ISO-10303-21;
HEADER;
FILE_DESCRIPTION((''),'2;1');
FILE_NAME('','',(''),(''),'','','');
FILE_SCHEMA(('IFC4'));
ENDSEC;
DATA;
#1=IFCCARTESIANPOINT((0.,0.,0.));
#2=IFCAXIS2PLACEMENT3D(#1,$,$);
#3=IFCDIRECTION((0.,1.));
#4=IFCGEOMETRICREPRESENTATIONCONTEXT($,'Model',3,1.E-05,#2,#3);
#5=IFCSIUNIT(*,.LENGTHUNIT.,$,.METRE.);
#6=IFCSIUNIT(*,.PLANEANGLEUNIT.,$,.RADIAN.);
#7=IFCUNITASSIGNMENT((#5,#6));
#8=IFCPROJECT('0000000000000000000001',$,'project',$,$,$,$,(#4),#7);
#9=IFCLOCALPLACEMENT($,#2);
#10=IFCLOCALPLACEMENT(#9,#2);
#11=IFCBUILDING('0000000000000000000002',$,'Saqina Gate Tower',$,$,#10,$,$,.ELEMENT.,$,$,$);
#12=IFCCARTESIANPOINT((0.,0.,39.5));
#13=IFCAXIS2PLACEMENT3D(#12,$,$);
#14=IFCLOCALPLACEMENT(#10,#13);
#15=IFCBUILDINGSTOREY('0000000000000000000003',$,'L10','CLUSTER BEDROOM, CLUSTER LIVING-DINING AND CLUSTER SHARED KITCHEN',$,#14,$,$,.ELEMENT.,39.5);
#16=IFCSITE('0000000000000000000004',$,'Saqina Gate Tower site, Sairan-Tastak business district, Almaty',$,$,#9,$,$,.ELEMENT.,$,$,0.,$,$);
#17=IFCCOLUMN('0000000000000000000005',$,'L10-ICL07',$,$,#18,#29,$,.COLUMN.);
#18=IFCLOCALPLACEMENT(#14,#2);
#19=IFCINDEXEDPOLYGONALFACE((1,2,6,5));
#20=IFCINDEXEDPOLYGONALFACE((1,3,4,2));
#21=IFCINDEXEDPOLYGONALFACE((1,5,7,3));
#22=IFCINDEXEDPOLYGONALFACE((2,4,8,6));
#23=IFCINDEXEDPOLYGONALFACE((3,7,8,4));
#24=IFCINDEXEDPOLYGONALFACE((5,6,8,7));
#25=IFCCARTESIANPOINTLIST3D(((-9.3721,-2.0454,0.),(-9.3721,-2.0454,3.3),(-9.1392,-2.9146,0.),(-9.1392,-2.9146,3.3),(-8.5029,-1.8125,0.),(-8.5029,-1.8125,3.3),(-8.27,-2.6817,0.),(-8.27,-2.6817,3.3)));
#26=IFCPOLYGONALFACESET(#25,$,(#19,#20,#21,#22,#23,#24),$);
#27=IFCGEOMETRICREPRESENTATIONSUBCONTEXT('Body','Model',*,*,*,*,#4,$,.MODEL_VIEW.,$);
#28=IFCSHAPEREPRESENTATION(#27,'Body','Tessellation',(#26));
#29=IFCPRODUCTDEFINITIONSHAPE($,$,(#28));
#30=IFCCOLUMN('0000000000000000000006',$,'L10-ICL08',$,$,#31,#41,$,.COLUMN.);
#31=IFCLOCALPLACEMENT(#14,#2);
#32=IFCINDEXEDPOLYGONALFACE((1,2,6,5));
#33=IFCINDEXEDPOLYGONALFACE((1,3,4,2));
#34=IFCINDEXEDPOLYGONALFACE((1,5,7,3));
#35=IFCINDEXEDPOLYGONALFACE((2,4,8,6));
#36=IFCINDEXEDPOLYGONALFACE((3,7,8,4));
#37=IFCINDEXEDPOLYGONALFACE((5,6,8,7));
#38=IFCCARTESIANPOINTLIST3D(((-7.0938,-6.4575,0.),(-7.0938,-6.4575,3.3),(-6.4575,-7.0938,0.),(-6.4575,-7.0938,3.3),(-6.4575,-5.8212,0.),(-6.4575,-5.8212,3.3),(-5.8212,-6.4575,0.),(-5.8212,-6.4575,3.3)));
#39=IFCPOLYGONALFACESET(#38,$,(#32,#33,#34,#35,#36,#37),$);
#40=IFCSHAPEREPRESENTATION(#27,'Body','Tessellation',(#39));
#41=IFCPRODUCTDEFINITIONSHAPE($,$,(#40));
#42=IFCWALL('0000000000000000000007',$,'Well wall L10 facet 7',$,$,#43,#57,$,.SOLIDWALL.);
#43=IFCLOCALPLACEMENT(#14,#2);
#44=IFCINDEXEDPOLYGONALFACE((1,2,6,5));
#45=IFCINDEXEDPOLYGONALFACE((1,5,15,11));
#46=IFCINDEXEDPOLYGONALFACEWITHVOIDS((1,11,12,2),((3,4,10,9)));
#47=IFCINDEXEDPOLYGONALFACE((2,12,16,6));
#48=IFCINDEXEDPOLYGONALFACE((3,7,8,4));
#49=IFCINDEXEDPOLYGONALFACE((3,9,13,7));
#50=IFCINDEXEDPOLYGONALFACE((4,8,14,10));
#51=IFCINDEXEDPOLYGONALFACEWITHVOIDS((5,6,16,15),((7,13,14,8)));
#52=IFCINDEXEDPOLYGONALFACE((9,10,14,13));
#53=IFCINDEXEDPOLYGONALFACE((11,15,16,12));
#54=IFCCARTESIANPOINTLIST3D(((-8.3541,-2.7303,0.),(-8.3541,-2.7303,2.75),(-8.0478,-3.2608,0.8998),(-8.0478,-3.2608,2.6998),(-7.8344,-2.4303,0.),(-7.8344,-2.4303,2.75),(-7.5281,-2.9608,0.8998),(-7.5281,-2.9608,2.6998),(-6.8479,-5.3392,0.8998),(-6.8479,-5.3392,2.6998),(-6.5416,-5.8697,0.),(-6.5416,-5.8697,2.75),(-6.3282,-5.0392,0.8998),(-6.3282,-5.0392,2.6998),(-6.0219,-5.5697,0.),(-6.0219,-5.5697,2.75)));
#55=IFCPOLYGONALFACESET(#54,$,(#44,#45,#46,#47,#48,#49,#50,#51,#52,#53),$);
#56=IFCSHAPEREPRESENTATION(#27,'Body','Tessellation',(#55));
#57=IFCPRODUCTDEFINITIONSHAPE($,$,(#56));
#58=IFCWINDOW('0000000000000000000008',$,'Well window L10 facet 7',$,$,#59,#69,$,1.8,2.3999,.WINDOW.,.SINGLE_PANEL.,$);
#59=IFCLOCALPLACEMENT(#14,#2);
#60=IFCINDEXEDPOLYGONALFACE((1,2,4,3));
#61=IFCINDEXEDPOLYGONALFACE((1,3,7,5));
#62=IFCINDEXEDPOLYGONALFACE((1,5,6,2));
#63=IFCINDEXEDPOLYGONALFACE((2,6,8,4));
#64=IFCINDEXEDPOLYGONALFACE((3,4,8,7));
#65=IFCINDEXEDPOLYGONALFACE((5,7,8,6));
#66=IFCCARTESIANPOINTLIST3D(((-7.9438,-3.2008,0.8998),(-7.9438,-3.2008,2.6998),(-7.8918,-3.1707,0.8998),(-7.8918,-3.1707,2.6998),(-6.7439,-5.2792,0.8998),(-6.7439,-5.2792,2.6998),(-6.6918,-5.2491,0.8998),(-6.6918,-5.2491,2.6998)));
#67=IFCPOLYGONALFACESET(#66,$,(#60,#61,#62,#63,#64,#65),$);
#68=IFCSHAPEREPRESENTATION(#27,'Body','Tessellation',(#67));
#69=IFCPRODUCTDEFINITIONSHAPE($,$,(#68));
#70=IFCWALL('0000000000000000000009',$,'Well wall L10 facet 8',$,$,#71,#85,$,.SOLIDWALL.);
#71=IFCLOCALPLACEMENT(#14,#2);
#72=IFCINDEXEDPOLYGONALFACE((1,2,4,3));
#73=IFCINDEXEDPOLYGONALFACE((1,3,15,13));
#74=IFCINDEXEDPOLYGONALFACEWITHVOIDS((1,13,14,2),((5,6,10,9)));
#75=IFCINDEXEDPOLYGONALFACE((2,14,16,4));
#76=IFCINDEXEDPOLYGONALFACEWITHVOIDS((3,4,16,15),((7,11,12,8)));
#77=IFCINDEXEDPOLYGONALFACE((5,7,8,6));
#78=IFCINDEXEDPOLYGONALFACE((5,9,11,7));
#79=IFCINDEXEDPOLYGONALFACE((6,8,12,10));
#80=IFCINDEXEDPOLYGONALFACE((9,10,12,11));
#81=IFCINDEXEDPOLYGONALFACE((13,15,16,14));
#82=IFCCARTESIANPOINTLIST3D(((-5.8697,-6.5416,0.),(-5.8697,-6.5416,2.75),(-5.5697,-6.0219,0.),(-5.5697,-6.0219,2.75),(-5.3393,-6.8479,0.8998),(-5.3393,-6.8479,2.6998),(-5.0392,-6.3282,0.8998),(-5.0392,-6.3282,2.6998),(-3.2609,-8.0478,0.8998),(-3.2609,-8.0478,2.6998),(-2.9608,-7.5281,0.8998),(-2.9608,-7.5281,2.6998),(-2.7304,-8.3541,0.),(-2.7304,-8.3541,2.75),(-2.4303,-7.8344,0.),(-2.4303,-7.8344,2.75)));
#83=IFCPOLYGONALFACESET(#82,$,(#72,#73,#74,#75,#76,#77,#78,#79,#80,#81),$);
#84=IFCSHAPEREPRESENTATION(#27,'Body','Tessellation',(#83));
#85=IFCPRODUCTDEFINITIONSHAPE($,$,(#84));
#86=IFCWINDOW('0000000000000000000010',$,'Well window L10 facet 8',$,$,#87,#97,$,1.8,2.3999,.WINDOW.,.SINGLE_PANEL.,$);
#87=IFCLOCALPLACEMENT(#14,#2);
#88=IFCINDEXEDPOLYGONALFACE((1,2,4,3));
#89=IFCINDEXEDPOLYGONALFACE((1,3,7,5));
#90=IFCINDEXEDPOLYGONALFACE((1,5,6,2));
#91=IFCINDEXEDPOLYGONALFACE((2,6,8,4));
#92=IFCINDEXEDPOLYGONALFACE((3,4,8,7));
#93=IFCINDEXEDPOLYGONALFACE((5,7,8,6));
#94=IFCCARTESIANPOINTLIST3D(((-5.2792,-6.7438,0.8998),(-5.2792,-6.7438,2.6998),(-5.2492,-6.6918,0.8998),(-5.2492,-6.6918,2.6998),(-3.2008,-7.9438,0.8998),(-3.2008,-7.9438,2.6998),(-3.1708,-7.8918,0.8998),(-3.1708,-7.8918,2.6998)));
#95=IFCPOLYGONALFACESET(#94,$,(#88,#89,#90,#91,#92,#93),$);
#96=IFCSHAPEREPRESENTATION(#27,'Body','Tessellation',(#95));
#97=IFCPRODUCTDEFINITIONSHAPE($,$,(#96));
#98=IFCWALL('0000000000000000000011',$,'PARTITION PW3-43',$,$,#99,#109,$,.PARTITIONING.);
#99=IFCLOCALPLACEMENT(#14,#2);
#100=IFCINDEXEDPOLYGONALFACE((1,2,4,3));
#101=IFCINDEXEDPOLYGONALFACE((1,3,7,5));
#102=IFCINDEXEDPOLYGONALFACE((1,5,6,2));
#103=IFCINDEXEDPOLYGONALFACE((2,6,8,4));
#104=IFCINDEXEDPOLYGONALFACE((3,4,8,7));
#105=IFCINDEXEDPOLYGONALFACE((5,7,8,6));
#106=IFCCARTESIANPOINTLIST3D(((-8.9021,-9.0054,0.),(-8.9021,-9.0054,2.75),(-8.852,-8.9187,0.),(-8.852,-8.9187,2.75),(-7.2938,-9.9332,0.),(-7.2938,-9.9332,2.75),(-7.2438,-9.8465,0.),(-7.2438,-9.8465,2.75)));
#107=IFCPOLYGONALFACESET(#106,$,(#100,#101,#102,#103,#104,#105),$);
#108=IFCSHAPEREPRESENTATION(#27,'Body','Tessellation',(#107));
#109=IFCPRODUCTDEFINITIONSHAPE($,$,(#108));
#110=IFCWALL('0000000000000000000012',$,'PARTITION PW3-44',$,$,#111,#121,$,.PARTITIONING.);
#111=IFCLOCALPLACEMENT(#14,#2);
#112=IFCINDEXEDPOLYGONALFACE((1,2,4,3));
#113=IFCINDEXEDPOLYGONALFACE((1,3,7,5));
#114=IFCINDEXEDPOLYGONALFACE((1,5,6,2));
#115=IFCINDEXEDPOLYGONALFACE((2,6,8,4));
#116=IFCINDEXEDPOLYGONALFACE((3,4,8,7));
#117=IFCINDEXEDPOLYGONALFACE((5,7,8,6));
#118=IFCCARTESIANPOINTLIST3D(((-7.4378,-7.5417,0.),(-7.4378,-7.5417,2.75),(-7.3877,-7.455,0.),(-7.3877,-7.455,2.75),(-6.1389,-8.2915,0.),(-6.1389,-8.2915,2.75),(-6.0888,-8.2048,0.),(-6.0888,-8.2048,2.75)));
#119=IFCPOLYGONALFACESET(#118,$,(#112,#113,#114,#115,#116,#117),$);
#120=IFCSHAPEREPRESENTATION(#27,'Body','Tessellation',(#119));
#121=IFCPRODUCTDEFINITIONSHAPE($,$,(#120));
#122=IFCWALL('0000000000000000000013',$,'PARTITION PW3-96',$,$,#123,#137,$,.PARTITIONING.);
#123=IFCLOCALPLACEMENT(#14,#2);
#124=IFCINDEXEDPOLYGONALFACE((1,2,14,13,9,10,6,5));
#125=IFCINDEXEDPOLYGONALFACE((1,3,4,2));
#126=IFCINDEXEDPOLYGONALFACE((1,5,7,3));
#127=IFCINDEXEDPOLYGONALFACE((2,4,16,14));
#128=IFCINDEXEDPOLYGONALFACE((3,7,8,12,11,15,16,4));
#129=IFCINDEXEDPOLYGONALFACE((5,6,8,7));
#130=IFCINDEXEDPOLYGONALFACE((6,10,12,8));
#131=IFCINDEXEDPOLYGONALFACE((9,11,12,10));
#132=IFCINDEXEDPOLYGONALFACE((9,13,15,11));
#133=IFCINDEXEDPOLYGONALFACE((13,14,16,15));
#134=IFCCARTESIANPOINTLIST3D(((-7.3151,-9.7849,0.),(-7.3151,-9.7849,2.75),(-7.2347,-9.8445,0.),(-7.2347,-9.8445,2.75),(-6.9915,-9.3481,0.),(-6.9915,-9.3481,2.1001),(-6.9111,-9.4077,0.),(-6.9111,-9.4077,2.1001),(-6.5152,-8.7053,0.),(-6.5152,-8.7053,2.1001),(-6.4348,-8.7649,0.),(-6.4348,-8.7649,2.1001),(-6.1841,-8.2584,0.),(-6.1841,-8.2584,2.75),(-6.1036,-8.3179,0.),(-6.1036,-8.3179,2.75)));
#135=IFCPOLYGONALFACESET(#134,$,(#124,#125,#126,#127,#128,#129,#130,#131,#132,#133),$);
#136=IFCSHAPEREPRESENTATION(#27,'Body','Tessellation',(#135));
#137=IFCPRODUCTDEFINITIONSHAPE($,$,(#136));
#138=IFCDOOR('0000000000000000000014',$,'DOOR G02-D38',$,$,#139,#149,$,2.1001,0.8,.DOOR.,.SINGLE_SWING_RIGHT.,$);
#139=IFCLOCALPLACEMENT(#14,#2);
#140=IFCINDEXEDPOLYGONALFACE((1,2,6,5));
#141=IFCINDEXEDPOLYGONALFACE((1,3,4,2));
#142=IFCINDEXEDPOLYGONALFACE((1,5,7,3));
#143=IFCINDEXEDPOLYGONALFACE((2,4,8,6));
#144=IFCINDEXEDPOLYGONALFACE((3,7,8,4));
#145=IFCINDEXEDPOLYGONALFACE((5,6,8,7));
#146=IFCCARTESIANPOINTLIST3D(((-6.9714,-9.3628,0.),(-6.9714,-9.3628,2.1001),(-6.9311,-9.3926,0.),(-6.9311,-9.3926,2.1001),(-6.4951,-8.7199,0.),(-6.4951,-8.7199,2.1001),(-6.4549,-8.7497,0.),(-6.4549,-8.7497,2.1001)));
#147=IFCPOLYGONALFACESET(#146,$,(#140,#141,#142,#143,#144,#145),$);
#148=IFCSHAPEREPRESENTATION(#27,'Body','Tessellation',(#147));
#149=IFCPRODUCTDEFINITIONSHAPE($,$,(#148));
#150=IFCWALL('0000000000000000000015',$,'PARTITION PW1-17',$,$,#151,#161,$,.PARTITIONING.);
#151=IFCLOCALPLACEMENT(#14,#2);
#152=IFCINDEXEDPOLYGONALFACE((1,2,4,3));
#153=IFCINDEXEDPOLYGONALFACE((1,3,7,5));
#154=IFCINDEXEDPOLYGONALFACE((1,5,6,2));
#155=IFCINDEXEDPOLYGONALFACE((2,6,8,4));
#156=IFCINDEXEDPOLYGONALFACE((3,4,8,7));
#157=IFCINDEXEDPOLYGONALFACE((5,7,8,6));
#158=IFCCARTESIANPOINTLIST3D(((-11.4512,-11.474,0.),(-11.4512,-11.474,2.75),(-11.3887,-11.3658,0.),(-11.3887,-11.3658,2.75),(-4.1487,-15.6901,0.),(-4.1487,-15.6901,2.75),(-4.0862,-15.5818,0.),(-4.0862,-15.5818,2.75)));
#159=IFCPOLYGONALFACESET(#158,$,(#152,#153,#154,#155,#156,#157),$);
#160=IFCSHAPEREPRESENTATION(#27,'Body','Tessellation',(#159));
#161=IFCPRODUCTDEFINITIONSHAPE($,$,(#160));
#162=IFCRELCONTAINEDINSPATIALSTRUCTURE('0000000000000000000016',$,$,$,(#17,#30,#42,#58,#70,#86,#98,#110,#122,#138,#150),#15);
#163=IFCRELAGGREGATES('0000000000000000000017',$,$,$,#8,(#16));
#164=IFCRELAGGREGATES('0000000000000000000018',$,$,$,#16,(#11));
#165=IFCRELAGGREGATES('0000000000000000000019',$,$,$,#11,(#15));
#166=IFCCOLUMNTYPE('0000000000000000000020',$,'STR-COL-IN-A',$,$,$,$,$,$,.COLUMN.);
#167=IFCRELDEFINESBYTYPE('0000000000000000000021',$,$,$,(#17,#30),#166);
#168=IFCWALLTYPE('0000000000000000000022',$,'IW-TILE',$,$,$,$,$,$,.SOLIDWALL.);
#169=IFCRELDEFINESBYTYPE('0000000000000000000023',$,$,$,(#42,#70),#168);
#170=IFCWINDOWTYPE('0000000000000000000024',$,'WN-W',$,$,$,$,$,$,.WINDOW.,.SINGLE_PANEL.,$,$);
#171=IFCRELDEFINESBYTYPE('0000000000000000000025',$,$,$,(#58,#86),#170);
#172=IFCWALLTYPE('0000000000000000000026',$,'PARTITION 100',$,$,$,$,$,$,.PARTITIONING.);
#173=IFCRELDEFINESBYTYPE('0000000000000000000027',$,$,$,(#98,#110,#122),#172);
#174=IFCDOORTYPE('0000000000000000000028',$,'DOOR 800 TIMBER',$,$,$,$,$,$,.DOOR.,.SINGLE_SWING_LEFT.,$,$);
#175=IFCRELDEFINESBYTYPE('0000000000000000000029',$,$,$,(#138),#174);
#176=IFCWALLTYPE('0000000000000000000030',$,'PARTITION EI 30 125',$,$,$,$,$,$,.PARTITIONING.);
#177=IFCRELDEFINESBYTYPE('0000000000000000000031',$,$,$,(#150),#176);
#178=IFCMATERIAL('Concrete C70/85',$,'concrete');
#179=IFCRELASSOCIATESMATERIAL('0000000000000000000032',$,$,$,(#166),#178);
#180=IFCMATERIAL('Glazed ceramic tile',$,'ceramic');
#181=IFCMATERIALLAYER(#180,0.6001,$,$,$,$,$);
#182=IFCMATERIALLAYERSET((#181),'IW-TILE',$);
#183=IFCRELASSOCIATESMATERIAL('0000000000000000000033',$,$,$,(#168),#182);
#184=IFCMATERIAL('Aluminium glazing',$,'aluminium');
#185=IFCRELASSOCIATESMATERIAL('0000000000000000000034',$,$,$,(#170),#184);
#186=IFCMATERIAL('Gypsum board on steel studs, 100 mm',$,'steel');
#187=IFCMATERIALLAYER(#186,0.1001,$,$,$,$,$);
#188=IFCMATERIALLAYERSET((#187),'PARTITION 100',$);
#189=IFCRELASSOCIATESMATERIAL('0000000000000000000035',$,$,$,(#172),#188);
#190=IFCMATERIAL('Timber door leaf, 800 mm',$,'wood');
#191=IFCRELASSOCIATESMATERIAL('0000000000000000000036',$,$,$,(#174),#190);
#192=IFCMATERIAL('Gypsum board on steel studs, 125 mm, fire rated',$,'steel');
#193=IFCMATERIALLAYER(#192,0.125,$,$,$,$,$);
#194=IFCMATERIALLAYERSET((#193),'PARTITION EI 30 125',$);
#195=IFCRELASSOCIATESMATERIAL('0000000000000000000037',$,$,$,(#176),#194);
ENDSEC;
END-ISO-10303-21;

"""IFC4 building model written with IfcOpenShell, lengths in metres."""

from ifc_helpers import new_model, si_unit, direction, frame, frame_2d, origin, origin_2d, place, context, subcontext, project, spatial, rectangle, extrude, material, layer, layer_set, material_profile, profile_set, type_object, element, fill, save


model = new_model("IFC4")

# Units and contexts
model_context = context("Model", 3, precision=1e-05, world=origin(), true_north=direction((0.0, 1.0)))
body_context = subcontext(model_context, "Body", "Model", "MODEL_VIEW")
ifc_project = project(units=[si_unit("LENGTHUNIT", "METRE"), si_unit("PLANEANGLEUNIT", "RADIAN")], contexts=[model_context])

# Site, building, storey
site_placement = place(None, origin())
site = spatial("IfcSite", under=ifc_project, at=site_placement, Name="Saqina Gate Tower site, Sairan-Tastak business district, Almaty", CompositionType="ELEMENT", RefElevation=0.0)
building_placement = place(site_placement, origin())
building = spatial("IfcBuilding", under=site, at=building_placement, Name="Saqina Gate Tower", CompositionType="ELEMENT")
storey_placement = place(building_placement, frame((0.0, 0.0, 39.5)))
storey = spatial("IfcBuildingStorey", under=building, at=storey_placement, Name="L10", Description="CLUSTER BEDROOM, CLUSTER LIVING-DINING AND CLUSTER SHARED KITCHEN", CompositionType="ELEMENT", Elevation=39.5)

# Columns
ifc_material_1 = material(Name="Concrete C70/85", Category="concrete")
ifc_material_profile = material_profile(ifc_material_1, rectangle(XDim=0.8999, YDim=0.8999, at=origin_2d()), Name="RC 900x900")
ifc_profile_set = profile_set([ifc_material_profile], Name="Concrete C70/85")
column_type = type_object("IfcColumnType", Name="STR-COL-IN-A", PredefinedType="COLUMN", material=ifc_profile_set)
for number, where, z_axis, x_axis, name in (
    (1, (-8.821, -2.3635, 0.0), (0.0, 0.0, 1.0), (-0.965926, -0.258819, 0.0), "L10-ICL07"),
    (2, (-6.4575, -6.4575, 0.0), (0.0, 0.0, 1.0), (-0.707107, -0.707107, 0.0), "L10-ICL08"),
):
    element("IfcColumn", number, at=place(storey_placement, frame(where, z_axis=z_axis, x_axis=x_axis)), inside=storey, type_object=column_type, Name=name, PredefinedType="COLUMN", context=body_context, shape_type="SweptSolid", body=[
        extrude(rectangle(XDim=0.8999, YDim=0.8999, at=origin_2d()), origin(), (0.0, 0.0, 1.0), 3.3),
    ])

# Walls, openings, windows
ifc_material_2 = material(Name="Glazed ceramic tile", Category="ceramic")
ifc_layer_1 = layer(ifc_material_2, 0.6001)
ifc_layer_set_1 = layer_set([ifc_layer_1], Name="IW-TILE")
wall_type_1 = type_object("IfcWallType", Name="IW-TILE", PredefinedType="SOLIDWALL", material=ifc_layer_set_1)
wall_1_placement = place(storey_placement, frame((-8.0942, -2.5803, 0.0), z_axis=(0.0, 0.0, 1.0), x_axis=(0.499993, -0.86603, 0.0)))
wall_1 = element("IfcWall", 3, at=wall_1_placement, inside=storey, type_object=wall_type_1, Name="Well wall L10 facet 7", PredefinedType="SOLIDWALL", context=body_context, shape_type="SweptSolid", body=[
    extrude(rectangle(XDim=3.625, YDim=0.6001, at=frame_2d((1.8125, 0.0))), origin(), (0.0, 0.0, 1.0), 2.75),
])
opening_1_placement = place(wall_1_placement, frame((0.6125, 0.0, 0.8999)))
opening_1 = element("IfcOpeningElement", 4, at=opening_1_placement, cuts=wall_1, PredefinedType="OPENING", context=body_context, shape_type="SweptSolid", body=[
    extrude(rectangle(XDim=2.3999, YDim=1.8, at=frame_2d((1.2, 0.8999))), frame((0.0, 0.312, 0.0), z_axis=(0.0, -1.0, 0.0), x_axis=(1.0, 0.0, 0.0)), (0.0, 0.0, 1.0), 0.624),
])
ifc_material_3 = material(Name="Aluminium glazing", Category="aluminium")
window_type = type_object("IfcWindowType", Name="WN-W", PartitioningType="SINGLE_PANEL", PredefinedType="WINDOW", material=ifc_material_3)
window_1_placement = place(opening_1_placement, origin())
window_1 = element("IfcWindow", 5, at=window_1_placement, inside=storey, type_object=window_type, Name="Well window L10 facet 7", OverallHeight=1.8, OverallWidth=2.3999, PartitioningType="SINGLE_PANEL", PredefinedType="WINDOW", context=body_context, shape_type="SweptSolid", body=[
    extrude(rectangle(XDim=2.3999, YDim=1.8, at=frame_2d((1.2, 0.8999))), frame((0.0, -0.1199, 0.0), z_axis=(0.0, -1.0, 0.0), x_axis=(1.0, 0.0, 0.0)), (0.0, 0.0, 1.0), 0.0601),
])
fill(opening_1, window_1)
wall_2_placement = place(storey_placement, frame((-5.7197, -6.2817, 0.0), z_axis=(0.0, 0.0, 1.0), x_axis=(0.86603, -0.499993, 0.0)))
wall_2 = element("IfcWall", 6, at=wall_2_placement, inside=storey, type_object=wall_type_1, Name="Well wall L10 facet 8", PredefinedType="SOLIDWALL", context=body_context, shape_type="SweptSolid", body=[
    extrude(rectangle(XDim=3.625, YDim=0.6001, at=frame_2d((1.8125, 0.0))), origin(), (0.0, 0.0, 1.0), 2.75),
])
opening_2_placement = place(wall_2_placement, frame((0.6125, 0.0, 0.8999)))
opening_2 = element("IfcOpeningElement", 7, at=opening_2_placement, cuts=wall_2, PredefinedType="OPENING", context=body_context, shape_type="SweptSolid", body=[
    extrude(rectangle(XDim=2.3999, YDim=1.8, at=frame_2d((1.2, 0.8999))), frame((0.0, 0.312, 0.0), z_axis=(0.0, -1.0, 0.0), x_axis=(1.0, 0.0, 0.0)), (0.0, 0.0, 1.0), 0.624),
])
window_2_placement = place(opening_2_placement, origin())
window_2 = element("IfcWindow", 8, at=window_2_placement, inside=storey, type_object=window_type, Name="Well window L10 facet 8", OverallHeight=1.8, OverallWidth=2.3999, PartitioningType="SINGLE_PANEL", PredefinedType="WINDOW", context=body_context, shape_type="SweptSolid", body=[
    extrude(rectangle(XDim=2.3999, YDim=1.8, at=frame_2d((1.2, 0.8999))), frame((0.0, -0.1199, 0.0), z_axis=(0.0, -1.0, 0.0), x_axis=(1.0, 0.0, 0.0)), (0.0, 0.0, 1.0), 0.0601),
])
fill(opening_2, window_2)

# Walls
ifc_material_4 = material(Name="Gypsum board on steel studs, 100 mm", Category="steel")
ifc_layer_2 = layer(ifc_material_4, 0.1001)
ifc_layer_set_2 = layer_set([ifc_layer_2], Name="PARTITION 100")
wall_type_2 = type_object("IfcWallType", Name="PARTITION 100", PredefinedType="PARTITIONING", material=ifc_layer_set_2)
wall_3_placement = place(storey_placement, frame((-8.877, -8.9622, 0.0), z_axis=(0.0, 0.0, 1.0), x_axis=(0.866197, -0.499703, 0.0)))
element("IfcWall", 9, at=wall_3_placement, inside=storey, type_object=wall_type_2, Name="PARTITION PW3-43", PredefinedType="PARTITIONING", context=body_context, shape_type="SweptSolid", body=[
    extrude(rectangle(XDim=1.8567, YDim=0.1001, at=frame_2d((0.9282, 0.0))), origin(), (0.0, 0.0, 1.0), 2.75),
])
wall_4_placement = place(storey_placement, frame((-7.4128, -7.4983, 0.0), z_axis=(0.0, 0.0, 1.0), x_axis=(0.866061, -0.499939, 0.0)))
element("IfcWall", 10, at=wall_4_placement, inside=storey, type_object=wall_type_2, Name="PARTITION PW3-44", PredefinedType="PARTITIONING", context=body_context, shape_type="SweptSolid", body=[
    extrude(rectangle(XDim=1.4998, YDim=0.1001, at=frame_2d((0.75, 0.0))), origin(), (0.0, 0.0, 1.0), 2.75),
])

# Wall, opening, door
wall_5_placement = place(storey_placement, frame((-7.2749, -9.8147, 0.0), z_axis=(0.0, 0.0, 1.0), x_axis=(0.595323, 0.803487, 0.0)))
wall_5 = element("IfcWall", 11, at=wall_5_placement, inside=storey, type_object=wall_type_2, Name="PARTITION PW3-96", PredefinedType="PARTITIONING", context=body_context, shape_type="SweptSolid", body=[
    extrude(rectangle(XDim=1.8999, YDim=0.1001, at=frame_2d((0.95, 0.0))), origin(), (0.0, 0.0, 1.0), 2.75),
])
opening_3_placement = place(wall_5_placement, frame((0.5437, 0.0, 0.0)))
opening_3 = element("IfcOpeningElement", 12, at=opening_3_placement, cuts=wall_5, PredefinedType="OPENING", context=body_context, shape_type="SweptSolid", body=[
    extrude(rectangle(XDim=0.8, YDim=2.1001, at=frame_2d((0.3999, 1.05))), frame((0.0, 0.062, 0.0), z_axis=(0.0, -1.0, 0.0), x_axis=(1.0, 0.0, 0.0)), (0.0, 0.0, 1.0), 0.124),
])
ifc_material_5 = material(Name="Timber door leaf, 800 mm", Category="wood")
door_type_1 = type_object("IfcDoorType", Name="DOOR 800 TIMBER", OperationType="SINGLE_SWING_LEFT", PredefinedType="DOOR", material=ifc_material_5)
door_1_placement = place(opening_3_placement, frame((0.8, 0.0, 0.0), z_axis=(0.0, 0.0, 1.0), x_axis=(-1.0, 0.0, 0.0)))
door_1 = element("IfcDoor", 13, at=door_1_placement, inside=storey, type_object=door_type_1, Name="DOOR G02-D38", OperationType="SINGLE_SWING_RIGHT", OverallHeight=2.1001, OverallWidth=0.8, PredefinedType="DOOR", context=body_context, shape_type="SweptSolid", body=[
    extrude(rectangle(XDim=0.8, YDim=2.1001, at=frame_2d((0.3999, 1.05))), frame((0.0, 0.0249, 0.0), z_axis=(0.0, -1.0, 0.0), x_axis=(1.0, 0.0, 0.0)), (0.0, 0.0, 1.0), 0.05),
])
fill(opening_3, door_1)

# Wall
ifc_material_6 = material(Name="Gypsum board on steel studs, 125 mm, fire rated", Category="steel")
ifc_layer_3 = layer(ifc_material_6, 0.125)
ifc_layer_set_3 = layer_set([ifc_layer_3], Name="PARTITION EI 30 125")
wall_type_3 = type_object("IfcWallType", Name="PARTITION EI 30 125", PredefinedType="PARTITIONING", material=ifc_layer_set_3)
wall_6_placement = place(storey_placement, frame((-11.4199, -11.4199, 0.0), z_axis=(0.0, 0.0, 1.0), x_axis=(0.866027, -0.499997, 0.0)))
element("IfcWall", 14, at=wall_6_placement, inside=storey, type_object=wall_type_3, Name="PARTITION PW1-17", PredefinedType="PARTITIONING", context=body_context, shape_type="SweptSolid", body=[
    extrude(rectangle(XDim=8.4321, YDim=0.125, at=frame_2d((4.2161, 0.0))), origin(), (0.0, 0.0, 1.0), 2.75),
])

save(model, "model.ifc")
